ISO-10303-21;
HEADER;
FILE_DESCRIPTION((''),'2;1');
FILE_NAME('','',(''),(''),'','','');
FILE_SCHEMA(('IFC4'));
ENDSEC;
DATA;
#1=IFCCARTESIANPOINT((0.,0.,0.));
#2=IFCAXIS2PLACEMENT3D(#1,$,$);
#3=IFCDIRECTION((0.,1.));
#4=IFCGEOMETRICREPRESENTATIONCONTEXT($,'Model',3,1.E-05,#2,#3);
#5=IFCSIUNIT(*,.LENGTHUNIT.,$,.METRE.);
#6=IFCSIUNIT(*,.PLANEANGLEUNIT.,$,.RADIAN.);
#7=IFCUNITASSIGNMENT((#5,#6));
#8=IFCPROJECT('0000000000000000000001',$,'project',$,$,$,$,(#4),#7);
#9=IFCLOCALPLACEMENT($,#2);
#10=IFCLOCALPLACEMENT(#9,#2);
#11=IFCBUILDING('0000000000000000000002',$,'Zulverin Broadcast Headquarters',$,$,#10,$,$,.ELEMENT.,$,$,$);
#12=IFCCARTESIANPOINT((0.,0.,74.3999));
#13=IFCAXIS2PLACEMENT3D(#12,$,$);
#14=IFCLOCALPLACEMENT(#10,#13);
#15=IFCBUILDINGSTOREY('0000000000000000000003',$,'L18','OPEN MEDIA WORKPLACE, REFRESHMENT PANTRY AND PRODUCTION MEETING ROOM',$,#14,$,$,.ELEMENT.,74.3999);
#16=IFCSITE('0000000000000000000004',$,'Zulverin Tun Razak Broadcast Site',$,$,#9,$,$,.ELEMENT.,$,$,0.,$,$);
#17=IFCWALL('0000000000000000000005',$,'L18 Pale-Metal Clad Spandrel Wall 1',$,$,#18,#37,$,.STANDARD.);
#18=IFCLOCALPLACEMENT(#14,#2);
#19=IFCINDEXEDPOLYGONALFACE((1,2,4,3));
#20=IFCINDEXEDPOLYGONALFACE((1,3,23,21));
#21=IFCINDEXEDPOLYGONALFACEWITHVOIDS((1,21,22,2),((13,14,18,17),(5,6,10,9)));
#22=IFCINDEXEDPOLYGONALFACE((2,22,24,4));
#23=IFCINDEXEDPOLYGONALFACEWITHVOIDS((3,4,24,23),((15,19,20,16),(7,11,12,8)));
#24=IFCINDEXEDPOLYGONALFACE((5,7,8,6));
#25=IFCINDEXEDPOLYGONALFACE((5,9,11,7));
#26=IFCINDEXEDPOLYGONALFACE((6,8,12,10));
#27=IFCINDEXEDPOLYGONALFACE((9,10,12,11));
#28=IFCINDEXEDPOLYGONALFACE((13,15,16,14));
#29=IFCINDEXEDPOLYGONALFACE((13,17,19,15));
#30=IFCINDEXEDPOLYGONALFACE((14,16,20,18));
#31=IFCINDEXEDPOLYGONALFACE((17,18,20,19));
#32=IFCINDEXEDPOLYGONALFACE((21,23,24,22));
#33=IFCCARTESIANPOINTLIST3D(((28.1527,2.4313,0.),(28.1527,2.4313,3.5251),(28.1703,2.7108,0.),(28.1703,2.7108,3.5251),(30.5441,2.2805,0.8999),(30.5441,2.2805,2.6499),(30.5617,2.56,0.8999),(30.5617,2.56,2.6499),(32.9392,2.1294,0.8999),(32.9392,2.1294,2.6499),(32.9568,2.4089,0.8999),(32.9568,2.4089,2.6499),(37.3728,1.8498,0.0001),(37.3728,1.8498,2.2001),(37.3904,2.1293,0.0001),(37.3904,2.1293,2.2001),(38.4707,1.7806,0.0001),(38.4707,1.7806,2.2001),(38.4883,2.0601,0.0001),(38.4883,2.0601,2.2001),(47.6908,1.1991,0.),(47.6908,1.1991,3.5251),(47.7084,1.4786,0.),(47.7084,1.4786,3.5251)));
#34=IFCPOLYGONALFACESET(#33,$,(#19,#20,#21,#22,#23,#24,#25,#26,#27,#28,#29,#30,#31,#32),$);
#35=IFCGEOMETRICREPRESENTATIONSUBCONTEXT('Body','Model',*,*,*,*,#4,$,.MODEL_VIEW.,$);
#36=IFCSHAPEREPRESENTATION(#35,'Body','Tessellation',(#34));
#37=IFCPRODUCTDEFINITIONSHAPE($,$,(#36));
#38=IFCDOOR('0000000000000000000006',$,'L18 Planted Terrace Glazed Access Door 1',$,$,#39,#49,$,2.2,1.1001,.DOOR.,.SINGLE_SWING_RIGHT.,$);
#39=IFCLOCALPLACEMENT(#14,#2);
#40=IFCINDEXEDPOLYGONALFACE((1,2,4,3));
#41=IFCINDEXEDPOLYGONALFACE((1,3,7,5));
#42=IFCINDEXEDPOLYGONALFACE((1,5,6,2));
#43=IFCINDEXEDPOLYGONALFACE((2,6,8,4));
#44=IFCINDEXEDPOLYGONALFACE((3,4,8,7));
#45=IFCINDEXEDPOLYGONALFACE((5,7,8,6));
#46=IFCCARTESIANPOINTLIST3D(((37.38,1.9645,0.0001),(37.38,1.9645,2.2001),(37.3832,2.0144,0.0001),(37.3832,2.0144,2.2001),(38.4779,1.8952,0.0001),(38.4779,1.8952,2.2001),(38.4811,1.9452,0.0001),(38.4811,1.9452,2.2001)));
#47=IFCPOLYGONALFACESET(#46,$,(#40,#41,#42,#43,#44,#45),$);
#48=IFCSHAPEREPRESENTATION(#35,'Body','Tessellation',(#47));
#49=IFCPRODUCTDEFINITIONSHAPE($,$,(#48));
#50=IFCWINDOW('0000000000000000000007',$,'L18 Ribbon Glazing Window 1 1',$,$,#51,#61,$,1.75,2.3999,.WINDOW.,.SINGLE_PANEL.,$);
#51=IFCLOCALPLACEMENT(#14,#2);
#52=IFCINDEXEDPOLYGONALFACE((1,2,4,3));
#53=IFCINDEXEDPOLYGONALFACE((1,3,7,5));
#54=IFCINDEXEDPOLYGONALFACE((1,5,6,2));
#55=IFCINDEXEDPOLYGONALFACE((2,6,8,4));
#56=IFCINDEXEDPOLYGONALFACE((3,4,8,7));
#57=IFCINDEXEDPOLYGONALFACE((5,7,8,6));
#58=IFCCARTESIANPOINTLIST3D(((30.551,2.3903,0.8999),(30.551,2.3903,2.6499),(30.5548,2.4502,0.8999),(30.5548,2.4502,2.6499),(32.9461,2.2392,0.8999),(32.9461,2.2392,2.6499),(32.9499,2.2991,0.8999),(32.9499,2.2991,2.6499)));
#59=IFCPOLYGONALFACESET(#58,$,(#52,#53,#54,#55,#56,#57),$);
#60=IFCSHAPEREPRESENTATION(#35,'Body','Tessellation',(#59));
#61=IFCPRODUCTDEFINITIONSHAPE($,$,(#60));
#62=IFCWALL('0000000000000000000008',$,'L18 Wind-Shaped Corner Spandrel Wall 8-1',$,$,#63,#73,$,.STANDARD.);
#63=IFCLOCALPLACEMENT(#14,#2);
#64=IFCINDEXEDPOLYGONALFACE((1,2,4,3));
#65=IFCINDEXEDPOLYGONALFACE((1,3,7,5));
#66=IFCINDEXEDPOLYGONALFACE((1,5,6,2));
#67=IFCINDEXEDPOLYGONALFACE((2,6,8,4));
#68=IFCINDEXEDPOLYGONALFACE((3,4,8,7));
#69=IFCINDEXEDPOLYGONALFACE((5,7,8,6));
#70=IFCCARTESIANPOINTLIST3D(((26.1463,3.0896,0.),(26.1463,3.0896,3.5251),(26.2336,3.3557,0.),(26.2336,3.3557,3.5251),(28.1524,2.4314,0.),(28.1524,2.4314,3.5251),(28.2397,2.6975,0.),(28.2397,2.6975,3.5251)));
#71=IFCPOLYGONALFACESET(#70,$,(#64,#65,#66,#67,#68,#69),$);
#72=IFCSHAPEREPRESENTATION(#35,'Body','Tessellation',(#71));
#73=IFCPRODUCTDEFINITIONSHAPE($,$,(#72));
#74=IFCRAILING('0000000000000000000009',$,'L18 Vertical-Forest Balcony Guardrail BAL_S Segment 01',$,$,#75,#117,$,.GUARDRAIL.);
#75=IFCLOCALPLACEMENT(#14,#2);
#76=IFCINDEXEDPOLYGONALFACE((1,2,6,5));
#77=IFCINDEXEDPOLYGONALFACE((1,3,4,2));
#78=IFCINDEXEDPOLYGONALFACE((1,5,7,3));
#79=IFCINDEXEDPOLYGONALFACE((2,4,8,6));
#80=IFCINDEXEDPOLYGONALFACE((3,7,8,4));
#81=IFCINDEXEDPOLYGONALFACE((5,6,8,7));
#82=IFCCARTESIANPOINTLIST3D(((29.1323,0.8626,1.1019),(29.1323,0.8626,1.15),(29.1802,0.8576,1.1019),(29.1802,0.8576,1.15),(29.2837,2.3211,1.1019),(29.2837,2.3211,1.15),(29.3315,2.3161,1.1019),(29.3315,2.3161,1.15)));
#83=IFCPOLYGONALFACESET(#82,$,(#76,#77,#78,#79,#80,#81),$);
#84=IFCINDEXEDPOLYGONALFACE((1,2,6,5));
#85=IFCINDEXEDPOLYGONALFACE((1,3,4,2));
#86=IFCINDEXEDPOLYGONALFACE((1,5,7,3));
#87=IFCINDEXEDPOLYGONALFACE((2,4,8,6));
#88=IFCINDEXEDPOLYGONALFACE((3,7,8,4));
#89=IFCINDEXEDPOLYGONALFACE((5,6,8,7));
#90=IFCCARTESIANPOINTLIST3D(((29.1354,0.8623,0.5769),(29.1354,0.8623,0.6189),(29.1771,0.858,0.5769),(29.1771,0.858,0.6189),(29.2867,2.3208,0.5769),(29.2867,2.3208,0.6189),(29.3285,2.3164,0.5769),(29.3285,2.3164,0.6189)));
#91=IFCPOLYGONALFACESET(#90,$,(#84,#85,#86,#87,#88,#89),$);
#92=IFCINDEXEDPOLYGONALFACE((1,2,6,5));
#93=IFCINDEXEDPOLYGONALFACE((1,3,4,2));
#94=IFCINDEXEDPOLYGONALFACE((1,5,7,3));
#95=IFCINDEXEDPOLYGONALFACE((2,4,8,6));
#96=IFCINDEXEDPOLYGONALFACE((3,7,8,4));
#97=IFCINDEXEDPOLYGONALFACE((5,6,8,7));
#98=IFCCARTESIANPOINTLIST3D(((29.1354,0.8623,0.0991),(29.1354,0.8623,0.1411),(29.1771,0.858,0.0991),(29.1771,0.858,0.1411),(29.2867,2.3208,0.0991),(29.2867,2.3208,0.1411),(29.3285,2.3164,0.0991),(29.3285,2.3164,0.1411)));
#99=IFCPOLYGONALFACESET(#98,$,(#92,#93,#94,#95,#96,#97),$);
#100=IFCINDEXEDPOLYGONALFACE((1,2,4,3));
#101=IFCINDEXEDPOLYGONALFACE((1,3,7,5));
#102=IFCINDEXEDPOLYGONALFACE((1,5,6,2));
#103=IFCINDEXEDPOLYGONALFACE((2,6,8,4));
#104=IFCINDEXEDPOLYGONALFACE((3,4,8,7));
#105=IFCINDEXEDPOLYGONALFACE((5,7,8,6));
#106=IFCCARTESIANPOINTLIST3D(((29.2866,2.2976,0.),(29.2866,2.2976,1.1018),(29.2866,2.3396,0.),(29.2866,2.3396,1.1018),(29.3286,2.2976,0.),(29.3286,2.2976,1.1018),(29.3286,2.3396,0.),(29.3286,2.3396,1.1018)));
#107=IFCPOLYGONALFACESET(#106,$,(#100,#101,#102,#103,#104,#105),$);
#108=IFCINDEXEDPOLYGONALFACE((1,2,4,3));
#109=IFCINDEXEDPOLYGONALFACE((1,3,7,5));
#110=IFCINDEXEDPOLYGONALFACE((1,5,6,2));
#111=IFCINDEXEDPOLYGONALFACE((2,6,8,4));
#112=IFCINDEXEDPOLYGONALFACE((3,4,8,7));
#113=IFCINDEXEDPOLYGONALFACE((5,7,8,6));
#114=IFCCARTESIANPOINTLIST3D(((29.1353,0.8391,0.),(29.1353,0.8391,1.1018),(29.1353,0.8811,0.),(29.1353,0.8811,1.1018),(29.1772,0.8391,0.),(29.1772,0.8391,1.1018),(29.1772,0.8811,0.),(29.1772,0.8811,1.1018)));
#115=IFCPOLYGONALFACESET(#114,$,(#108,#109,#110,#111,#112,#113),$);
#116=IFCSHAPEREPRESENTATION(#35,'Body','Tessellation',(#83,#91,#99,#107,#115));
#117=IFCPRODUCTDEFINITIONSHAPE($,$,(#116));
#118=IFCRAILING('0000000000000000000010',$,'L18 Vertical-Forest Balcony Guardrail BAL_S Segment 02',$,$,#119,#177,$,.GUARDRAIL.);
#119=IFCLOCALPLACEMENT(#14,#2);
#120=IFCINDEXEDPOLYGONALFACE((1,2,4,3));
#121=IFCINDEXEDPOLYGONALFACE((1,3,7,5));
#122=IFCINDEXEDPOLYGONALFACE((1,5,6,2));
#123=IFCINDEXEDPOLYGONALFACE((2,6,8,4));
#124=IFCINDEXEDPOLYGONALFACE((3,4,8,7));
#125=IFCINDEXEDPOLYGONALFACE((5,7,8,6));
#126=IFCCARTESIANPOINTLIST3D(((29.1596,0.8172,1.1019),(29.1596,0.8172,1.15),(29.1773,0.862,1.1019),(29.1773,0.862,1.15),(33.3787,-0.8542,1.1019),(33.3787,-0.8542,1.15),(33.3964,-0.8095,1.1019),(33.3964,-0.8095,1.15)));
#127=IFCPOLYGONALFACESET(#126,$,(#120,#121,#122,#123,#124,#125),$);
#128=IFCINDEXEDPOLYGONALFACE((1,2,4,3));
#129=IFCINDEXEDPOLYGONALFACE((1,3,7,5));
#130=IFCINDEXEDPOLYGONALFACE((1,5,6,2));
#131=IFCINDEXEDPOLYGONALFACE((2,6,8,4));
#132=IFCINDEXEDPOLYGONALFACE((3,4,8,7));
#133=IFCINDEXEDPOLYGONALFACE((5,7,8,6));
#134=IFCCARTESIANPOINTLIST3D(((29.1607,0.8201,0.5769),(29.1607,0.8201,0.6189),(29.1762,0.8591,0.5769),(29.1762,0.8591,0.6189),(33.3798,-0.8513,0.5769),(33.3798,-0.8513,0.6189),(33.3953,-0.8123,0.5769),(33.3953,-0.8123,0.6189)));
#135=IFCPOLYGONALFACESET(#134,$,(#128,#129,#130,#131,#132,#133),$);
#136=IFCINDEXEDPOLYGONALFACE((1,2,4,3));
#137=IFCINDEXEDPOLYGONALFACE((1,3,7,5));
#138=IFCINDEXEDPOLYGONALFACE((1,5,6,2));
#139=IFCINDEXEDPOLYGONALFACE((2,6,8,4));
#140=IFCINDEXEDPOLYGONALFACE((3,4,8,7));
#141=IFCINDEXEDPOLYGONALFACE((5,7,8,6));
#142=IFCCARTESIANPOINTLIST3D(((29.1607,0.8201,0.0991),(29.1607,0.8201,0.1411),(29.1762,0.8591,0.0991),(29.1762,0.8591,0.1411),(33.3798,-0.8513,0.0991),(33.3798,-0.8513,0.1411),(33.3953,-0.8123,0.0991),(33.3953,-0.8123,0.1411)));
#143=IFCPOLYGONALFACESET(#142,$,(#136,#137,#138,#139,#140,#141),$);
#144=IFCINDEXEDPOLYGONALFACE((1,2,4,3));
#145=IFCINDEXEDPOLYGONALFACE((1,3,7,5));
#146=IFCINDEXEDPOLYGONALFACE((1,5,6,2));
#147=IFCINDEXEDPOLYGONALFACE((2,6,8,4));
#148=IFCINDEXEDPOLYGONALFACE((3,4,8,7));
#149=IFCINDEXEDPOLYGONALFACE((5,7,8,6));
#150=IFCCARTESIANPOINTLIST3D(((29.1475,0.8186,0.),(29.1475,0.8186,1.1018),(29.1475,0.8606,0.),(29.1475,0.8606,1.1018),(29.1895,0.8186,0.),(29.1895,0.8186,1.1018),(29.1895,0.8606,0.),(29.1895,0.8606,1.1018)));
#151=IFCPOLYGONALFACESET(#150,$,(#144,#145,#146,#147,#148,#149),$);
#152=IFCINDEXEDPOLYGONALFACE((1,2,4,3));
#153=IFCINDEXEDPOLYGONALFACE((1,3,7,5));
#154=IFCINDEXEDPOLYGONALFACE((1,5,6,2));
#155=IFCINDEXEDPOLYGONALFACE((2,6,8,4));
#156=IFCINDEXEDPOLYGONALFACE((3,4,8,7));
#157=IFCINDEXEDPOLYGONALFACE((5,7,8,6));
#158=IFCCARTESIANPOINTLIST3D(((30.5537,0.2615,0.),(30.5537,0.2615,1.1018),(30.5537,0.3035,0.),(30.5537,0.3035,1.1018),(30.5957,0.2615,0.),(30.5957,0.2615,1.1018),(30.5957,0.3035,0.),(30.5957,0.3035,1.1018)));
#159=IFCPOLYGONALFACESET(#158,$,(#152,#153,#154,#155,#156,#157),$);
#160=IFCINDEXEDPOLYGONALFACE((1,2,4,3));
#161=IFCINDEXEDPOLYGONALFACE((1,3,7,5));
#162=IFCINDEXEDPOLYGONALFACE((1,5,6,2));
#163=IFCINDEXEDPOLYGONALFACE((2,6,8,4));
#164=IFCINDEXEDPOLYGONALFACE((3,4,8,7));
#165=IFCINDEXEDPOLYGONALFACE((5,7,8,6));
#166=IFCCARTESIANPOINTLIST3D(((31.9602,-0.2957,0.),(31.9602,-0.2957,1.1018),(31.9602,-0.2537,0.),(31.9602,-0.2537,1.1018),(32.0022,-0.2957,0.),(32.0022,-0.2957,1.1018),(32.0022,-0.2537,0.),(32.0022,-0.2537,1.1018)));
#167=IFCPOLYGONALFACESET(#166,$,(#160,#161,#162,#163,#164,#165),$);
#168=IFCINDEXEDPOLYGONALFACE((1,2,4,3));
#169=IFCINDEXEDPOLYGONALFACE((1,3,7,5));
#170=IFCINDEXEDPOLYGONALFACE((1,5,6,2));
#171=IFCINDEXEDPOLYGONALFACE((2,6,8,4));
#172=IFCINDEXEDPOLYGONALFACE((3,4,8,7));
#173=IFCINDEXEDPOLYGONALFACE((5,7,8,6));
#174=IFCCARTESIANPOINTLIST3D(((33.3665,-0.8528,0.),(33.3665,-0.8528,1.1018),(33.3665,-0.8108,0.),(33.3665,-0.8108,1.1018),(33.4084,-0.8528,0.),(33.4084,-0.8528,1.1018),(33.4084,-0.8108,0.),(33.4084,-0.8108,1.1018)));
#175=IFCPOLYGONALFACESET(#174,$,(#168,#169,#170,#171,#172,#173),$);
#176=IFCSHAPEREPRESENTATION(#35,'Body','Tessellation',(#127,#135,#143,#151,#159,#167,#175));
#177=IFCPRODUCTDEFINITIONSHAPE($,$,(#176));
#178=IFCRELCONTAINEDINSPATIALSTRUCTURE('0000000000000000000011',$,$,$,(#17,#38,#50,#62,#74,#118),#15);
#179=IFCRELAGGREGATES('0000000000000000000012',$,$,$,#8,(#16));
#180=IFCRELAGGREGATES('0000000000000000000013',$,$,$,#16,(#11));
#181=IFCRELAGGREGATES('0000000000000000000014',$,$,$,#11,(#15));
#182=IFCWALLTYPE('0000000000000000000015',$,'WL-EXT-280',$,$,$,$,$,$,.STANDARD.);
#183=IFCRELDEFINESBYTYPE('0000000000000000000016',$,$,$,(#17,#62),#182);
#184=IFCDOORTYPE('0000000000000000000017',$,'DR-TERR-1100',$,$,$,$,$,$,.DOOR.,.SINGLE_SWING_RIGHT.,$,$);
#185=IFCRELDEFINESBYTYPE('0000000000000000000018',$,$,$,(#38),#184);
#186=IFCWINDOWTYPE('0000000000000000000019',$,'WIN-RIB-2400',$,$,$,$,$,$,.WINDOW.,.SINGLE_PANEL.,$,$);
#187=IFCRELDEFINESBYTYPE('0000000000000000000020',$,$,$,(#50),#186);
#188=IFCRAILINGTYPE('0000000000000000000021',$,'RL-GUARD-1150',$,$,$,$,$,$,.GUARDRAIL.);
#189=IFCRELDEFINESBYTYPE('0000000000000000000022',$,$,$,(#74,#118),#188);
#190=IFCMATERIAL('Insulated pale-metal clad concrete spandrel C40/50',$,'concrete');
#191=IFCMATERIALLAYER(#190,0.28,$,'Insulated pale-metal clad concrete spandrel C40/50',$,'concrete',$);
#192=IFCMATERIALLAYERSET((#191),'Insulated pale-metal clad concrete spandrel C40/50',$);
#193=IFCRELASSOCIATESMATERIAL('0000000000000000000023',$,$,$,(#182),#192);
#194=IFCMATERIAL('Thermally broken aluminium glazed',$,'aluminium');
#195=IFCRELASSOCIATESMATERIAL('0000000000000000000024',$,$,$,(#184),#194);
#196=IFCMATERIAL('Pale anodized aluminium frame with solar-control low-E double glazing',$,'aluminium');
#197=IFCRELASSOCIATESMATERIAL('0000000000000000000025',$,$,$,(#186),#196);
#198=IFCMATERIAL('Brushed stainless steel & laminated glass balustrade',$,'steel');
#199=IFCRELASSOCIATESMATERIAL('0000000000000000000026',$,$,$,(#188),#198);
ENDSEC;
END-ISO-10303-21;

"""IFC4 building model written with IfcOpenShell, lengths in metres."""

from ifc_helpers import new_model, si_unit, direction, frame, frame_2d, origin, origin_2d, place, context, subcontext, project, spatial, rectangle, extrude, material, layer, layer_set, type_object, element, fill, save


model = new_model("IFC4")

# Units and contexts
model_context = context("Model", 3, precision=1e-05, world=origin(), true_north=direction((0.0, 1.0)))
body_context = subcontext(model_context, "Body", "Model", "MODEL_VIEW")
ifc_project = project(units=[si_unit("LENGTHUNIT", "METRE"), si_unit("PLANEANGLEUNIT", "RADIAN")], contexts=[model_context])

# Site, building, storey
site_placement = place(None, origin())
site = spatial("IfcSite", under=ifc_project, at=site_placement, Name="Zulverin Tun Razak Broadcast Site", CompositionType="ELEMENT", RefElevation=0.0)
building_placement = place(site_placement, origin())
building = spatial("IfcBuilding", under=site, at=building_placement, Name="Zulverin Broadcast Headquarters", CompositionType="ELEMENT")
storey_placement = place(building_placement, frame((0.0, 0.0, 74.3999)))
storey = spatial("IfcBuildingStorey", under=building, at=storey_placement, Name="L18", Description="OPEN MEDIA WORKPLACE, REFRESHMENT PANTRY AND PRODUCTION MEETING ROOM", CompositionType="ELEMENT", Elevation=74.3999)

# Wall, openings, door, window
ifc_material_1 = material(Name="Insulated pale-metal clad concrete spandrel C40/50", Category="concrete")
ifc_layer_1 = layer(ifc_material_1, 0.28, Name="Insulated pale-metal clad concrete spandrel C40/50", Category="concrete")
ifc_layer_set_1 = layer_set([ifc_layer_1], Name="Insulated pale-metal clad concrete spandrel C40/50")
wall_type = type_object("IfcWallType", Name="WL-EXT-280", PredefinedType="STANDARD", material=ifc_layer_set_1)
wall_1_placement = place(storey_placement, frame((28.1614, 2.571, 0.0), z_axis=(0.0, 0.0, 1.0), x_axis=(0.998017, -0.06294, 0.0)))
wall_1 = element("IfcWall", 1, at=wall_1_placement, inside=storey, type_object=wall_type, Name="L18 Pale-Metal Clad Spandrel Wall 1", PredefinedType="STANDARD", context=body_context, shape_type="SweptSolid", body=[
    extrude(rectangle(XDim=19.5769, YDim=0.28, at=frame_2d((9.7886, 0.0))), origin(), (0.0, 0.0, 1.0), 3.5251),
])
opening_1_placement = place(wall_1_placement, frame((9.2385, 0.0, 0.0)))
opening_1 = element("IfcOpeningElement", 2, at=opening_1_placement, cuts=wall_1, PredefinedType="OPENING", context=body_context, shape_type="SweptSolid", body=[
    extrude(rectangle(XDim=1.1001, YDim=2.2, at=frame_2d((0.55, 1.1001))), frame((0.0, 0.1499, 0.0), z_axis=(0.0, -1.0, 0.0), x_axis=(1.0, 0.0, 0.0)), (0.0, 0.0, 1.0), 0.3),
])
opening_2_placement = place(wall_1_placement, frame((2.3962, 0.0, 0.8999)))
opening_2 = element("IfcOpeningElement", 3, at=opening_2_placement, cuts=wall_1, PredefinedType="OPENING", context=body_context, shape_type="SweptSolid", body=[
    extrude(rectangle(XDim=2.3999, YDim=1.75, at=frame_2d((1.2, 0.875))), frame((0.0, 0.1499, 0.0), z_axis=(0.0, -1.0, 0.0), x_axis=(1.0, 0.0, 0.0)), (0.0, 0.0, 1.0), 0.3),
])
ifc_material_2 = material(Name="Thermally broken aluminium glazed", Category="aluminium")
door_type = type_object("IfcDoorType", Name="DR-TERR-1100", OperationType="SINGLE_SWING_RIGHT", PredefinedType="DOOR", material=ifc_material_2)
door_placement = place(opening_1_placement, origin())
door = element("IfcDoor", 4, at=door_placement, inside=storey, type_object=door_type, Name="L18 Planted Terrace Glazed Access Door 1", OperationType="SINGLE_SWING_RIGHT", OverallHeight=2.2, OverallWidth=1.1001, PredefinedType="DOOR", context=body_context, shape_type="SweptSolid", body=[
    extrude(rectangle(XDim=1.1001, YDim=2.2, at=frame_2d((0.55, 1.1001))), frame((0.0, 0.0249, 0.0), z_axis=(0.0, -1.0, 0.0), x_axis=(1.0, 0.0, 0.0)), (0.0, 0.0, 1.0), 0.05),
])
fill(opening_1, door)
ifc_material_3 = material(Name="Pale anodized aluminium frame with solar-control low-E double glazing", Category="aluminium")
window_type = type_object("IfcWindowType", Name="WIN-RIB-2400", PartitioningType="SINGLE_PANEL", PredefinedType="WINDOW", material=ifc_material_3)
window_placement = place(opening_2_placement, origin())
window = element("IfcWindow", 5, at=window_placement, inside=storey, type_object=window_type, Name="L18 Ribbon Glazing Window 1 1", OverallHeight=1.75, OverallWidth=2.3999, PartitioningType="SINGLE_PANEL", PredefinedType="WINDOW", context=body_context, shape_type="SweptSolid", body=[
    extrude(rectangle(XDim=2.3999, YDim=1.75, at=frame_2d((1.2, 0.875))), frame((0.0, 0.03, 0.0), z_axis=(0.0, -1.0, 0.0), x_axis=(1.0, 0.0, 0.0)), (0.0, 0.0, 1.0), 0.0601),
])
fill(opening_2, window)

# Wall
wall_2_placement = place(storey_placement, frame((26.1899, 3.2227, 0.0), z_axis=(0.0, 0.0, 1.0), x_axis=(0.950164, -0.311749, 0.0)))
element("IfcWall", 6, at=wall_2_placement, inside=storey, type_object=wall_type, Name="L18 Wind-Shaped Corner Spandrel Wall 8-1", PredefinedType="STANDARD", context=body_context, shape_type="SweptSolid", body=[
    extrude(rectangle(XDim=2.1113, YDim=0.28, at=frame_2d((1.0557, 0.0))), origin(), (0.0, 0.0, 1.0), 3.5251),
])

# Railings
ifc_material_4 = material(Name="Brushed stainless steel & laminated glass balustrade", Category="steel")
railing_type = type_object("IfcRailingType", Name="RL-GUARD-1150", PredefinedType="GUARDRAIL", material=ifc_material_4)
railing_1_placement = place(storey_placement, frame((29.3076, 2.3186, 0.0)))
element("IfcRailing", 7, at=railing_1_placement, inside=storey, type_object=railing_type, Name="L18 Vertical-Forest Balcony Guardrail BAL_S Segment 01", PredefinedType="GUARDRAIL", context=body_context, shape_type="SweptSolid", body=[
    extrude(rectangle(XDim=0.0481, YDim=0.0481, at=origin_2d()), frame((0.0, 0.0, 1.126), z_axis=(-0.103229, -0.994658, 0.0), x_axis=(0.994658, -0.103229, 0.0)), (0.0, 0.0, 1.0), 1.4663),
    extrude(rectangle(XDim=0.042, YDim=0.042, at=origin_2d()), frame((0.0, 0.0, 0.5979), z_axis=(-0.103229, -0.994658, 0.0), x_axis=(0.994658, -0.103229, 0.0)), (0.0, 0.0, 1.0), 1.4663),
    extrude(rectangle(XDim=0.042, YDim=0.042, at=origin_2d()), frame((0.0, 0.0, 0.1201), z_axis=(-0.103229, -0.994658, 0.0), x_axis=(0.994658, -0.103229, 0.0)), (0.0, 0.0, 1.0), 1.4663),
    extrude(rectangle(XDim=0.042, YDim=0.042, at=origin_2d()), origin(), (0.0, 0.0, 1.0), 1.1018),
    extrude(rectangle(XDim=0.042, YDim=0.042, at=origin_2d()), frame((-0.1514, -1.4585, 0.0)), (0.0, 0.0, 1.0), 1.1018),
])
railing_2_placement = place(storey_placement, frame((29.1685, 0.8396, 0.0)))
element("IfcRailing", 8, at=railing_2_placement, inside=storey, type_object=railing_type, Name="L18 Vertical-Forest Balcony Guardrail BAL_S Segment 02", PredefinedType="GUARDRAIL", context=body_context, shape_type="SweptSolid", body=[
    extrude(rectangle(XDim=0.0481, YDim=0.0481, at=origin_2d()), frame((0.0, 0.0, 1.126), z_axis=(0.929703, -0.368309, 0.0), x_axis=(0.368309, 0.929703, 0.0)), (0.0, 0.0, 1.0), 4.5381),
    extrude(rectangle(XDim=0.042, YDim=0.042, at=origin_2d()), frame((0.0, 0.0, 0.5979), z_axis=(0.929703, -0.368309, 0.0), x_axis=(0.368309, 0.929703, 0.0)), (0.0, 0.0, 1.0), 4.5381),
    extrude(rectangle(XDim=0.042, YDim=0.042, at=origin_2d()), frame((0.0, 0.0, 0.1201), z_axis=(0.929703, -0.368309, 0.0), x_axis=(0.368309, 0.929703, 0.0)), (0.0, 0.0, 1.0), 4.5381),
    extrude(rectangle(XDim=0.042, YDim=0.042, at=origin_2d()), origin(), (0.0, 0.0, 1.0), 1.1018),
    extrude(rectangle(XDim=0.042, YDim=0.042, at=origin_2d()), frame((1.4062, -0.5571, 0.0)), (0.0, 0.0, 1.0), 1.1018),
    extrude(rectangle(XDim=0.042, YDim=0.042, at=origin_2d()), frame((2.8127, -1.1143, 0.0)), (0.0, 0.0, 1.0), 1.1018),
    extrude(rectangle(XDim=0.042, YDim=0.042, at=origin_2d()), frame((4.219, -1.6714, 0.0)), (0.0, 0.0, 1.0), 1.1018),
])

save(model, "model.ifc")
